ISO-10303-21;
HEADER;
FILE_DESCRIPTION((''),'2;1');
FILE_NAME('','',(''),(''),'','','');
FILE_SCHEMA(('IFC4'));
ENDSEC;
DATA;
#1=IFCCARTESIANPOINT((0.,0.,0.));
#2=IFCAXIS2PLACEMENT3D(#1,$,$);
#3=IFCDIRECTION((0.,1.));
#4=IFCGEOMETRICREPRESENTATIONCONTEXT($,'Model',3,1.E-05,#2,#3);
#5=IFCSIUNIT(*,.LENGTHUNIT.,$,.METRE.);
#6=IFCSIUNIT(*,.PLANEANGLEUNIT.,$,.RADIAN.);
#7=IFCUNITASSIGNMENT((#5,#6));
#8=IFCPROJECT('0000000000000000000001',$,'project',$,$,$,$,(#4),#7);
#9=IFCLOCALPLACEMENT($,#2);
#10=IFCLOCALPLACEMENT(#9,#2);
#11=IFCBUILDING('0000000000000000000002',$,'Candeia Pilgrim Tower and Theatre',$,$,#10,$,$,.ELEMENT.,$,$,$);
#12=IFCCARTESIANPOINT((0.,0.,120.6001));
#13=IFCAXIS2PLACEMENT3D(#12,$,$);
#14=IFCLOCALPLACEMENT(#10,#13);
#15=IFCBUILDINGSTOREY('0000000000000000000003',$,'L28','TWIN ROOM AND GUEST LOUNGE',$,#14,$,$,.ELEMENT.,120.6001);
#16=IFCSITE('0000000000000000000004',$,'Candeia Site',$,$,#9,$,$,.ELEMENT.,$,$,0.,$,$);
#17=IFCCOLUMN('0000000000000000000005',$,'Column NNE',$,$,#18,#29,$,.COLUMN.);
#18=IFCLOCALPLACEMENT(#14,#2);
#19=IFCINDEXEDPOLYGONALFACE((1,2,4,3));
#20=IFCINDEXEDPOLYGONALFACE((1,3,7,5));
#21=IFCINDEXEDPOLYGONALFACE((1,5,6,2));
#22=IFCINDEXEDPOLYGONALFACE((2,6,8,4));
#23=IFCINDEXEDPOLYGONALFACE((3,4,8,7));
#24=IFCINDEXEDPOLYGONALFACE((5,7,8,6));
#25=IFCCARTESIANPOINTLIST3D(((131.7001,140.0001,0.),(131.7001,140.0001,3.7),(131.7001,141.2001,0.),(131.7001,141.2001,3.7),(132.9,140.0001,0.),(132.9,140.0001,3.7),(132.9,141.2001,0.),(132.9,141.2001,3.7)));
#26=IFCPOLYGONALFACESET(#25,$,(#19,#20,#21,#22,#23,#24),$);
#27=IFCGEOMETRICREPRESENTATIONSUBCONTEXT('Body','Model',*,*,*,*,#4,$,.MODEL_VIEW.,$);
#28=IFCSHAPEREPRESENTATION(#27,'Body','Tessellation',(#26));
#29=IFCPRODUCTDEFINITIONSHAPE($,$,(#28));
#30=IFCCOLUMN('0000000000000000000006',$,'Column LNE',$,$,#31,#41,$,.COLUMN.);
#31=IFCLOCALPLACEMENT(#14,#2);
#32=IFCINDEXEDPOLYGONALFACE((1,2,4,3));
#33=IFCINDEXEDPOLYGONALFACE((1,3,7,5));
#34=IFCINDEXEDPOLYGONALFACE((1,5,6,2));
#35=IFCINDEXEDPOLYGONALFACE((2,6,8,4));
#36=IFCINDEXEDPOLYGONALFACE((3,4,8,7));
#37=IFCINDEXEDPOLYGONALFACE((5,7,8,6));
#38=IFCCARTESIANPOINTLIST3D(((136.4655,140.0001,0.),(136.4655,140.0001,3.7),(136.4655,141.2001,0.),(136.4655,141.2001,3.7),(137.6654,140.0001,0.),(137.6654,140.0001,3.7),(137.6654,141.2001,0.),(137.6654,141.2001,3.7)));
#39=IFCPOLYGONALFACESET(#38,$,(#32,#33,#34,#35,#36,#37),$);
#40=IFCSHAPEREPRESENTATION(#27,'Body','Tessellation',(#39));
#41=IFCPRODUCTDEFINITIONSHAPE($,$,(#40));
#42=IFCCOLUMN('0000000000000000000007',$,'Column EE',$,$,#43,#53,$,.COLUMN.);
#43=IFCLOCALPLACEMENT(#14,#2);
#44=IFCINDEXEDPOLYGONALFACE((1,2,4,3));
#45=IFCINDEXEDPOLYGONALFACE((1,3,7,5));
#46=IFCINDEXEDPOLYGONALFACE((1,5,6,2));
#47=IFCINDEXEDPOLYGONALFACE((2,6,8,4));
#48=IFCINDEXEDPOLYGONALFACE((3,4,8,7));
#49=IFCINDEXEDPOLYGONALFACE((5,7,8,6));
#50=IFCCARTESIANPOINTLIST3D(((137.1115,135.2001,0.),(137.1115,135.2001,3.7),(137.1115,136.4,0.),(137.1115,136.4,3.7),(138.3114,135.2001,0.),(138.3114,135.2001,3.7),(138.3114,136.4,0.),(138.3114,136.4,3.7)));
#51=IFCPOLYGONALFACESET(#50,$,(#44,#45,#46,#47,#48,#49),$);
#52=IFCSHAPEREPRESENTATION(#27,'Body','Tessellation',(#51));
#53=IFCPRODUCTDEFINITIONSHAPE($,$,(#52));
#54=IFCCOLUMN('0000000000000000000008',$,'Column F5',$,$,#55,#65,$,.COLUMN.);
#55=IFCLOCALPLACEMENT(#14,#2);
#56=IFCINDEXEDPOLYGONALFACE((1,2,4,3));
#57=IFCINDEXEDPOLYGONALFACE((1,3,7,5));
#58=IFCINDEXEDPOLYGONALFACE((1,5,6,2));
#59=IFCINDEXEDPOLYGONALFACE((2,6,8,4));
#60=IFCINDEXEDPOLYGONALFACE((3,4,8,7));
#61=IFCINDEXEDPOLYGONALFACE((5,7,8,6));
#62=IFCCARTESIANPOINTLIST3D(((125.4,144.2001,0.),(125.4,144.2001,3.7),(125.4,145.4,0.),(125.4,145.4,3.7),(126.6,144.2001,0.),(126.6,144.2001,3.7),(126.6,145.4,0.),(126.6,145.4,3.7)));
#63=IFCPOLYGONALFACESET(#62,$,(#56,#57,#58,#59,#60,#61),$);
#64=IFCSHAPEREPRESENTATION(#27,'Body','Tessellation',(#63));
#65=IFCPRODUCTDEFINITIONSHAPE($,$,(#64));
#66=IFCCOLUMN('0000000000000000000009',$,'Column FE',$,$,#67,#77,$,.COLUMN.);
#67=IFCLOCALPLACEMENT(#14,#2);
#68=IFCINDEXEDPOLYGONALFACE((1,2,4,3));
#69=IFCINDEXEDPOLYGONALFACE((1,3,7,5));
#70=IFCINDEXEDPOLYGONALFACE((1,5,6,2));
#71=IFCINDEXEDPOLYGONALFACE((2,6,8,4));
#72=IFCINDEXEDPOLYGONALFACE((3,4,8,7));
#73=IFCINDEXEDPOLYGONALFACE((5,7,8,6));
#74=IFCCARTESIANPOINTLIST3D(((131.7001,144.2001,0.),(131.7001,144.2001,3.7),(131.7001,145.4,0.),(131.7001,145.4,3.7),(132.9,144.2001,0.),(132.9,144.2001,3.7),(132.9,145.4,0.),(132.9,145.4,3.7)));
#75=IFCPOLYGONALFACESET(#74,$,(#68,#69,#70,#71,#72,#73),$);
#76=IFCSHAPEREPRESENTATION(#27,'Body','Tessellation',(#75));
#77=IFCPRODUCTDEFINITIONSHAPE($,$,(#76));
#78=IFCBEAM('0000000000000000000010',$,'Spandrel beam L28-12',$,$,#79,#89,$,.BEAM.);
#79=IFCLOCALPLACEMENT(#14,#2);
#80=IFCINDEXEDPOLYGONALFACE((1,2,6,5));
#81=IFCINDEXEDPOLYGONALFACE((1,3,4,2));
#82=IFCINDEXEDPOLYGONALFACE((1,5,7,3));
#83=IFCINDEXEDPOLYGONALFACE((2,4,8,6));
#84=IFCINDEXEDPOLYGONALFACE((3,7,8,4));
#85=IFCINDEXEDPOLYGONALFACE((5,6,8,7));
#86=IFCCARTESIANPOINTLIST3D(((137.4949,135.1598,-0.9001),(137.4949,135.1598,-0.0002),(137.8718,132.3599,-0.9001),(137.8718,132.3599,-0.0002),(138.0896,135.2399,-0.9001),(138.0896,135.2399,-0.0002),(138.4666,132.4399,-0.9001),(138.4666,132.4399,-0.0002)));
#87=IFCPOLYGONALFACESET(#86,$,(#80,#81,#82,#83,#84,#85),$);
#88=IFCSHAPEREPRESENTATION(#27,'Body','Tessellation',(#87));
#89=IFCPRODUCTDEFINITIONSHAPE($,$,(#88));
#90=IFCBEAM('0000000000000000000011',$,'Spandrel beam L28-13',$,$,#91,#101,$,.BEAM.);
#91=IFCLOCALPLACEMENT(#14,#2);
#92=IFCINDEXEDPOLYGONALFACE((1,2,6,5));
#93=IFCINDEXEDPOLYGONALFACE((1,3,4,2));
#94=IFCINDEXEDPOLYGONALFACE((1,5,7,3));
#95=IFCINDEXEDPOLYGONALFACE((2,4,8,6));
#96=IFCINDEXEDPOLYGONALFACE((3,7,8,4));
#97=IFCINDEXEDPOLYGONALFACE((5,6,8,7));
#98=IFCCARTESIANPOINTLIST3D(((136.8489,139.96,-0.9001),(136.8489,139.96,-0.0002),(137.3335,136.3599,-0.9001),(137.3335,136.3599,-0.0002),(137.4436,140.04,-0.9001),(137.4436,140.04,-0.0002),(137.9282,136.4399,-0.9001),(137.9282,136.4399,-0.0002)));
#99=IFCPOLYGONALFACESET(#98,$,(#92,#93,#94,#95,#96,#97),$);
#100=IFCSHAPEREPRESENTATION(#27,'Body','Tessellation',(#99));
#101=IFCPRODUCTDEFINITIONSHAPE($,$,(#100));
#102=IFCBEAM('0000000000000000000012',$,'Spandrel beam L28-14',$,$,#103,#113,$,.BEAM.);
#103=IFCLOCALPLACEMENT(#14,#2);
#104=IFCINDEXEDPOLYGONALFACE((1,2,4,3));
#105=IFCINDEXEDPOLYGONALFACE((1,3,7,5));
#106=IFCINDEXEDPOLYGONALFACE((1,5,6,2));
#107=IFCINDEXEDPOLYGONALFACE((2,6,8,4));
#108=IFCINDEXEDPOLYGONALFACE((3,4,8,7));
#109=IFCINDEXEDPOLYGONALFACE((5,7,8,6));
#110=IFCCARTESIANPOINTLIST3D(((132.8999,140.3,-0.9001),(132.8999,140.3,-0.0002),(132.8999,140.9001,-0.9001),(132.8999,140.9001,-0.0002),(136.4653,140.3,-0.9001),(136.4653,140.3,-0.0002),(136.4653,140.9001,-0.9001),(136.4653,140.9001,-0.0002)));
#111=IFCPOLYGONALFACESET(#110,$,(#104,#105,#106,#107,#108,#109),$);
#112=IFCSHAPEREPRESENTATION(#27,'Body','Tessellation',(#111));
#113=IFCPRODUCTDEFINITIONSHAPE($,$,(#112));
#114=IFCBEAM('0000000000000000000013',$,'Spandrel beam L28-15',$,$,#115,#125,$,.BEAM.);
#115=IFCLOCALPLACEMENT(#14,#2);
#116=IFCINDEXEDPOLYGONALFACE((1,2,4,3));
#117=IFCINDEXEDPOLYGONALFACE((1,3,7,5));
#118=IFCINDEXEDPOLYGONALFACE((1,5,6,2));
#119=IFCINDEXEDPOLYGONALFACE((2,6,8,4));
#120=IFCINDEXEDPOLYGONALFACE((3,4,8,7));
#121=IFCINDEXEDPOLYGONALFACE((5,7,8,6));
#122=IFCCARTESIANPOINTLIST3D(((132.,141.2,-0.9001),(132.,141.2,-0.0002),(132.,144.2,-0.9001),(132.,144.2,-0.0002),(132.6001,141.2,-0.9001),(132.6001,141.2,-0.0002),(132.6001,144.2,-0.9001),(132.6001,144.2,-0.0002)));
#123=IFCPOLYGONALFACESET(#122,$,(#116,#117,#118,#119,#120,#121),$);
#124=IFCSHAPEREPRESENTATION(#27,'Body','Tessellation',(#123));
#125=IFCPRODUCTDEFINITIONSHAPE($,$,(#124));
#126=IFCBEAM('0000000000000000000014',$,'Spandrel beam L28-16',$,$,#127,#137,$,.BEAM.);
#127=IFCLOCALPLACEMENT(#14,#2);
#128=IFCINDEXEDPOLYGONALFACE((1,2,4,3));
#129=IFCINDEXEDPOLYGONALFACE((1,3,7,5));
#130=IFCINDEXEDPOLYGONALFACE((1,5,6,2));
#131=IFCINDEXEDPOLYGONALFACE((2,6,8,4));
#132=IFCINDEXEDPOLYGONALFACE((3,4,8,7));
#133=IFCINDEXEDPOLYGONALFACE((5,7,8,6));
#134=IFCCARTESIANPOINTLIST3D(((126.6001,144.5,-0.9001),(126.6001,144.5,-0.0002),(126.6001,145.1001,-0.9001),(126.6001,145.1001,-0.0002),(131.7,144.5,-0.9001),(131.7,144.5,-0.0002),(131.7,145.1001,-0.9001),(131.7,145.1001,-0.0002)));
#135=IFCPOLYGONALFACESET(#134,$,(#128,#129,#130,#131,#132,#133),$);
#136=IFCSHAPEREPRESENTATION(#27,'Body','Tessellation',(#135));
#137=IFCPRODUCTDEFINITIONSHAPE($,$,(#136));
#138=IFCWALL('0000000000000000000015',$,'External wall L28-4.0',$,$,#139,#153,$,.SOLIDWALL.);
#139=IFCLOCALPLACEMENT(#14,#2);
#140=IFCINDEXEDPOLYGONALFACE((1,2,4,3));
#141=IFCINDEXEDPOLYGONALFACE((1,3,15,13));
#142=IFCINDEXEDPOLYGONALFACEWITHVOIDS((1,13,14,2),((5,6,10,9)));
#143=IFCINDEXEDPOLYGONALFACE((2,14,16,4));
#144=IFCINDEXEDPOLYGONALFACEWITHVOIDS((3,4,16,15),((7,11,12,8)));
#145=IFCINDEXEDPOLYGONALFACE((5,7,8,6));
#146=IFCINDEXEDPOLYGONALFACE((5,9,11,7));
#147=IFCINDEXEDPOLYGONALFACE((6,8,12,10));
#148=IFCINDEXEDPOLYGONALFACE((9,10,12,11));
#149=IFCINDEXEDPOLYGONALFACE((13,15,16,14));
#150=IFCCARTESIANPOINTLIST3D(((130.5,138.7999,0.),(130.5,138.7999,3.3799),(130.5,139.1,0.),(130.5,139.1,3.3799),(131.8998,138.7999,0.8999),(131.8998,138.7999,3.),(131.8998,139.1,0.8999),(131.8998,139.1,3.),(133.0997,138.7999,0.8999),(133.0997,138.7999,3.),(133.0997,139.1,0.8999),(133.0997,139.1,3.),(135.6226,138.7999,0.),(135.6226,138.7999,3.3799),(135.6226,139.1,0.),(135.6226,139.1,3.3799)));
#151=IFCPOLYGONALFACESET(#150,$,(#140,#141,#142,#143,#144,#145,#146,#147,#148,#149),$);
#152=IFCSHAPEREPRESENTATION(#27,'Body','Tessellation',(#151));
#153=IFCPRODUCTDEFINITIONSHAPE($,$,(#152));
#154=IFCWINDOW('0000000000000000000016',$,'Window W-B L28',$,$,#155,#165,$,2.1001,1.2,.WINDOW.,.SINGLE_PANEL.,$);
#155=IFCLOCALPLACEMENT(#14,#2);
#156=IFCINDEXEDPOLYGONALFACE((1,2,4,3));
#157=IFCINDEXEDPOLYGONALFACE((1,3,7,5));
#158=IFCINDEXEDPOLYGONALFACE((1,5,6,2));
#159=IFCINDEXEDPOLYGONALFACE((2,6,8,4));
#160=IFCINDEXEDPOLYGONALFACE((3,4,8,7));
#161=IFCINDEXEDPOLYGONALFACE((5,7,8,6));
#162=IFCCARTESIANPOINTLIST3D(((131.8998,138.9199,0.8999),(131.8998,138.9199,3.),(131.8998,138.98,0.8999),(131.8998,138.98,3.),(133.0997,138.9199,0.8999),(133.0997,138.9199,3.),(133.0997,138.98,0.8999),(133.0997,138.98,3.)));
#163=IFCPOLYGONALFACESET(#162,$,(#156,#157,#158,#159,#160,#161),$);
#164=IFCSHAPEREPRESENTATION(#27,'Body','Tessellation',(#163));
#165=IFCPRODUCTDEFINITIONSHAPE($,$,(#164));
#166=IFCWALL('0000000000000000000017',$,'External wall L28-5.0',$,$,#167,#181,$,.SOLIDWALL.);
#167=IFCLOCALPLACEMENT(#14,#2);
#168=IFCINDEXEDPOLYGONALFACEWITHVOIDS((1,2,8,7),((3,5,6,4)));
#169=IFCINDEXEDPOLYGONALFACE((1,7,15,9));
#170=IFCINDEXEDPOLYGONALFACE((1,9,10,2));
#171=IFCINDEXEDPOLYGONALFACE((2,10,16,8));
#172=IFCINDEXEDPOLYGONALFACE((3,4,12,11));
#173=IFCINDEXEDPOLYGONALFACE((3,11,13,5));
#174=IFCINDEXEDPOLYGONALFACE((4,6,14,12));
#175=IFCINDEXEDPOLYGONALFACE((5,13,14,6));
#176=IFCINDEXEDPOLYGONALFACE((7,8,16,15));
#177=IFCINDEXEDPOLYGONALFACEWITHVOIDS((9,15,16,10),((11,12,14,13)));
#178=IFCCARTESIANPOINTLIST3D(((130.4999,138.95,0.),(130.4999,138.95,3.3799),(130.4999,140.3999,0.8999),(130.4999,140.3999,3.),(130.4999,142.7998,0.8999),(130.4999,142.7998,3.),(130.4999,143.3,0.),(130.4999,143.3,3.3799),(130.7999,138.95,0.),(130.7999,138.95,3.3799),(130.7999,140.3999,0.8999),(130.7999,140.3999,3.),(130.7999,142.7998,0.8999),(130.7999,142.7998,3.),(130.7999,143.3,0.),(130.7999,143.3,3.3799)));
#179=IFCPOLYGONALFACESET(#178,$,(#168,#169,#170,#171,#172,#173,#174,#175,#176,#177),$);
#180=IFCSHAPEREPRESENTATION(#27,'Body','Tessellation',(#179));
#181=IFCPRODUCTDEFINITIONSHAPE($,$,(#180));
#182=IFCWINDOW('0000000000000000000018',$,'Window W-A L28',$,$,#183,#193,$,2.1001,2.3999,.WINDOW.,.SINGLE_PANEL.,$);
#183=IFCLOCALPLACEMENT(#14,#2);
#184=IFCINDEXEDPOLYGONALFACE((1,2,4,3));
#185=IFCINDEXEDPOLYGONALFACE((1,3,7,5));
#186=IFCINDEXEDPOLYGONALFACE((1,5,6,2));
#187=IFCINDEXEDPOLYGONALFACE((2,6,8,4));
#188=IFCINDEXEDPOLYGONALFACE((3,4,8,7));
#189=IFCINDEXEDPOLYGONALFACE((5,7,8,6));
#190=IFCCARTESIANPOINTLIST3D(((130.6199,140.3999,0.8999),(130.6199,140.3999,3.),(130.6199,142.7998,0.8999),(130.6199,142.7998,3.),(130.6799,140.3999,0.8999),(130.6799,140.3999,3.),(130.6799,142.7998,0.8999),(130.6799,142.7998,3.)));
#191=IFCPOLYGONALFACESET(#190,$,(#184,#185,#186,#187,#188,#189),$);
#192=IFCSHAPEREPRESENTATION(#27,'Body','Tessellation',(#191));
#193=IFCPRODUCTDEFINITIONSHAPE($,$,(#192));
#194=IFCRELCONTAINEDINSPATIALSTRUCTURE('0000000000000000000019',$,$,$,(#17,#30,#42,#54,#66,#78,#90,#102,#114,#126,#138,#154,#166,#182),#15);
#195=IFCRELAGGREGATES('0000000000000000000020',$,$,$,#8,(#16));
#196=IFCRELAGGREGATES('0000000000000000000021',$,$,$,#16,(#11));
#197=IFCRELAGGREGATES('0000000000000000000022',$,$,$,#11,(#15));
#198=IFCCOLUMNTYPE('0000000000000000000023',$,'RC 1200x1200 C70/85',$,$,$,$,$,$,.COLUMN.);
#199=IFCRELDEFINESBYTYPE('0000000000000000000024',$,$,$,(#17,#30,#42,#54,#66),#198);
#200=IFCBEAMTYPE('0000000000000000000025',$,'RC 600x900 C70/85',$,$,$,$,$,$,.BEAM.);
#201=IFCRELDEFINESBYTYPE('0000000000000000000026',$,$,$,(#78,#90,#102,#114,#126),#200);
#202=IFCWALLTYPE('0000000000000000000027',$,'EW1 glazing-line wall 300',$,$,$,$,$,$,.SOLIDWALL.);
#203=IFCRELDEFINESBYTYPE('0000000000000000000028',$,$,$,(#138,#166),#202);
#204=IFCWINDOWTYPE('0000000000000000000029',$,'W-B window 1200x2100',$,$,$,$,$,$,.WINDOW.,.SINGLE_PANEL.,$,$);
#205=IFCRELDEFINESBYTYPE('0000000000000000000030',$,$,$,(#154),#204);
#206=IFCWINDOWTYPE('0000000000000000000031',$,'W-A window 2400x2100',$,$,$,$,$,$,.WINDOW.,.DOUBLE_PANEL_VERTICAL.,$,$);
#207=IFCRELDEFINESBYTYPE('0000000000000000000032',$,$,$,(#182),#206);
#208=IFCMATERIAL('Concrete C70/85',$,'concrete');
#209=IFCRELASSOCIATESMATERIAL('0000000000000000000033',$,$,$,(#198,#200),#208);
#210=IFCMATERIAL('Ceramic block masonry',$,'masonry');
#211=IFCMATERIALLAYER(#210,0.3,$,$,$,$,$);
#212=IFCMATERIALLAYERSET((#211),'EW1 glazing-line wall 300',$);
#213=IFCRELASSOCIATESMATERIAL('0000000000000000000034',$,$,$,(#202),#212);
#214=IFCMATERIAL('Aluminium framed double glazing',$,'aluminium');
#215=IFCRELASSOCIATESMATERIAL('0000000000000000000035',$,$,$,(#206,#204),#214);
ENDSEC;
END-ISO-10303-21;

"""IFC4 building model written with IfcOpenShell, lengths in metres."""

from ifc_helpers import new_model, si_unit, direction, frame, frame_2d, origin, origin_2d, place, context, subcontext, project, spatial, rectangle, extrude, material, layer, layer_set, material_profile, profile_set, type_object, element, fill, save


model = new_model("IFC4")

# Units and contexts
model_context = context("Model", 3, precision=1e-05, world=origin(), true_north=direction((0.0, 1.0)))
body_context = subcontext(model_context, "Body", "Model", "MODEL_VIEW")
ifc_project = project(units=[si_unit("LENGTHUNIT", "METRE"), si_unit("PLANEANGLEUNIT", "RADIAN")], contexts=[model_context])

# Site, building, storey
site_placement = place(None, origin())
site = spatial("IfcSite", under=ifc_project, at=site_placement, Name="Candeia Site", CompositionType="ELEMENT", RefElevation=0.0)
building_placement = place(site_placement, origin())
building = spatial("IfcBuilding", under=site, at=building_placement, Name="Candeia Pilgrim Tower and Theatre", CompositionType="ELEMENT")
storey_placement = place(building_placement, frame((0.0, 0.0, 120.6001)))
storey = spatial("IfcBuildingStorey", under=building, at=storey_placement, Name="L28", Description="TWIN ROOM AND GUEST LOUNGE", CompositionType="ELEMENT", Elevation=120.6001)

# Columns
ifc_material_1 = material(Name="Concrete C70/85", Category="concrete")
ifc_material_profile_1 = material_profile(ifc_material_1, rectangle(XDim=1.2, YDim=1.2, at=origin_2d()))
ifc_profile_set_1 = profile_set([ifc_material_profile_1], Name="Concrete C70/85")
column_type = type_object("IfcColumnType", Name="RC 1200x1200 C70/85", PredefinedType="COLUMN", material=ifc_profile_set_1)
for number, where, z_axis, x_axis, name in (
    (1, (132.3, 140.6001, 0.0), (0.0, 0.0, 1.0), (1.0, 0.0, 0.0), "Column NNE"),
    (2, (137.0654, 140.6001, 0.0), (0.0, 0.0, 1.0), (1.0, 0.0, 0.0), "Column LNE"),
    (3, (137.7114, 135.8, 0.0), (0.0, 0.0, 1.0), (1.0, 0.0, 0.0), "Column EE"),
    (4, (126.0, 144.8, 0.0), (0.0, 0.0, 1.0), (1.0, 0.0, 0.0), "Column F5"),
    (5, (132.3, 144.8, 0.0), (0.0, 0.0, 1.0), (1.0, 0.0, 0.0), "Column FE"),
):
    element("IfcColumn", number, at=place(storey_placement, frame(where, z_axis=z_axis, x_axis=x_axis)), inside=storey, type_object=column_type, Name=name, PredefinedType="COLUMN", context=body_context, shape_type="SweptSolid", body=[
        extrude(rectangle(XDim=1.2, YDim=1.2, at=origin_2d()), origin(), (0.0, 0.0, 1.0), 3.7),
    ])

# Beams
ifc_material_profile_2 = material_profile(ifc_material_1, rectangle(XDim=0.6001, YDim=0.8999, at=origin_2d()))
ifc_profile_set_2 = profile_set([ifc_material_profile_2], Name="Concrete C70/85")
beam_type = type_object("IfcBeamType", Name="RC 600x900 C70/85", PredefinedType="BEAM", material=ifc_profile_set_2)
beam_1_placement = place(storey_placement, frame((138.1692, 132.3999, -0.4502), z_axis=(-0.13342, 0.99106, 0.0), x_axis=(-0.99106, -0.13342, 0.0)))
element("IfcBeam", 6, at=beam_1_placement, inside=storey, type_object=beam_type, Name="Spandrel beam L28-12", PredefinedType="BEAM", context=body_context, shape_type="SweptSolid", body=[
    extrude(rectangle(XDim=0.6001, YDim=0.8999, at=origin_2d()), origin(), (0.0, 0.0, 1.0), 2.8252),
])
beam_2_placement = place(storey_placement, frame((137.6309, 136.3999, -0.4502), z_axis=(-0.133409, 0.991061, 0.0), x_axis=(-0.991061, -0.133409, 0.0)))
element("IfcBeam", 7, at=beam_2_placement, inside=storey, type_object=beam_type, Name="Spandrel beam L28-13", PredefinedType="BEAM", context=body_context, shape_type="SweptSolid", body=[
    extrude(rectangle(XDim=0.6001, YDim=0.8999, at=origin_2d()), origin(), (0.0, 0.0, 1.0), 3.6326),
])
beam_3_placement = place(storey_placement, frame((136.4653, 140.6001, -0.4502), z_axis=(-1.0, 0.0, 0.0), x_axis=(0.0, -1.0, 0.0)))
element("IfcBeam", 8, at=beam_3_placement, inside=storey, type_object=beam_type, Name="Spandrel beam L28-14", PredefinedType="BEAM", context=body_context, shape_type="SweptSolid", body=[
    extrude(rectangle(XDim=0.6001, YDim=0.8999, at=origin_2d()), origin(), (0.0, 0.0, 1.0), 3.5654),
])
beam_4_placement = place(storey_placement, frame((132.3, 141.2, -0.4502), z_axis=(0.0, 1.0, 0.0), x_axis=(-1.0, 0.0, 0.0)))
element("IfcBeam", 9, at=beam_4_placement, inside=storey, type_object=beam_type, Name="Spandrel beam L28-15", PredefinedType="BEAM", context=body_context, shape_type="SweptSolid", body=[
    extrude(rectangle(XDim=0.6001, YDim=0.8999, at=origin_2d()), origin(), (0.0, 0.0, 1.0), 3.0),
])
beam_5_placement = place(storey_placement, frame((131.7, 144.8, -0.4502), z_axis=(-1.0, 0.0, 0.0), x_axis=(0.0, -1.0, 0.0)))
element("IfcBeam", 10, at=beam_5_placement, inside=storey, type_object=beam_type, Name="Spandrel beam L28-16", PredefinedType="BEAM", context=body_context, shape_type="SweptSolid", body=[
    extrude(rectangle(XDim=0.6001, YDim=0.8999, at=origin_2d()), origin(), (0.0, 0.0, 1.0), 5.0999),
])

# Shared definitions
ifc_material_2 = material(Name="Ceramic block masonry", Category="masonry")
ifc_layer_1 = layer(ifc_material_2, 0.3)
ifc_layer_set_1 = layer_set([ifc_layer_1], Name="EW1 glazing-line wall 300")
wall_type_1 = type_object("IfcWallType", Name="EW1 glazing-line wall 300", PredefinedType="SOLIDWALL", material=ifc_layer_set_1)
ifc_material_3 = material(Name="Aluminium framed double glazing", Category="aluminium")
window_type_1 = type_object("IfcWindowType", Name="W-A window 2400x2100", PartitioningType="DOUBLE_PANEL_VERTICAL", PredefinedType="WINDOW", material=ifc_material_3)

# Walls, openings, windows
wall_1_placement = place(storey_placement, frame((135.6226, 138.95, 0.0), z_axis=(0.0, 0.0, 1.0), x_axis=(-1.0, 0.0, 0.0)))
wall_1 = element("IfcWall", 11, at=wall_1_placement, inside=storey, type_object=wall_type_1, Name="External wall L28-4.0", PredefinedType="SOLIDWALL", context=body_context, shape_type="SweptSolid", body=[
    extrude(rectangle(XDim=5.1226, YDim=0.3, at=frame_2d((2.5613, 0.0))), origin(), (0.0, 0.0, 1.0), 3.3799),
])
opening_1_placement = place(wall_1_placement, frame((2.5227, 0.0, 0.8999)))
opening_1 = element("IfcOpeningElement", 12, at=opening_1_placement, cuts=wall_1, PredefinedType="OPENING", context=body_context, shape_type="SweptSolid", body=[
    extrude(rectangle(XDim=1.2, YDim=2.1001, at=frame_2d((0.6001, 1.05))), frame((0.0, 0.1602, 0.0), z_axis=(0.0, -1.0, 0.0), x_axis=(1.0, 0.0, 0.0)), (0.0, 0.0, 1.0), 0.3201),
])
window_type_2 = type_object("IfcWindowType", Name="W-B window 1200x2100", PartitioningType="SINGLE_PANEL", PredefinedType="WINDOW", material=ifc_material_3)
window_1_placement = place(opening_1_placement, origin())
window_1 = element("IfcWindow", 13, at=window_1_placement, inside=storey, type_object=window_type_2, Name="Window W-B L28", OverallHeight=2.1001, OverallWidth=1.2, PartitioningType="SINGLE_PANEL", PredefinedType="WINDOW", context=body_context, shape_type="SweptSolid", body=[
    extrude(rectangle(XDim=1.2, YDim=2.1001, at=frame_2d((0.6001, 1.05))), frame((0.0, 0.03, 0.0), z_axis=(0.0, -1.0, 0.0), x_axis=(1.0, 0.0, 0.0)), (0.0, 0.0, 1.0), 0.0601),
])
fill(opening_1, window_1)
wall_2_placement = place(storey_placement, frame((130.6499, 138.95, 0.0), z_axis=(0.0, 0.0, 1.0), x_axis=(0.0, 1.0, 0.0)))
wall_2 = element("IfcWall", 14, at=wall_2_placement, inside=storey, type_object=wall_type_1, Name="External wall L28-5.0", PredefinedType="SOLIDWALL", context=body_context, shape_type="SweptSolid", body=[
    extrude(rectangle(XDim=4.3501, YDim=0.3, at=frame_2d((2.175, 0.0))), origin(), (0.0, 0.0, 1.0), 3.3799),
])
opening_2_placement = place(wall_2_placement, frame((1.45, 0.0, 0.8999)))
opening_2 = element("IfcOpeningElement", 15, at=opening_2_placement, cuts=wall_2, PredefinedType="OPENING", context=body_context, shape_type="SweptSolid", body=[
    extrude(rectangle(XDim=2.3999, YDim=2.1001, at=frame_2d((1.2, 1.05))), frame((0.0, 0.1602, 0.0), z_axis=(0.0, -1.0, 0.0), x_axis=(1.0, 0.0, 0.0)), (0.0, 0.0, 1.0), 0.3201),
])
window_2_placement = place(opening_2_placement, origin())
window_2 = element("IfcWindow", 16, at=window_2_placement, inside=storey, type_object=window_type_1, Name="Window W-A L28", OverallHeight=2.1001, OverallWidth=2.3999, PartitioningType="SINGLE_PANEL", PredefinedType="WINDOW", context=body_context, shape_type="SweptSolid", body=[
    extrude(rectangle(XDim=2.3999, YDim=2.1001, at=frame_2d((1.2, 1.05))), frame((0.0, 0.03, 0.0), z_axis=(0.0, -1.0, 0.0), x_axis=(1.0, 0.0, 0.0)), (0.0, 0.0, 1.0), 0.0601),
])
fill(opening_2, window_2)

save(model, "model.ifc")
